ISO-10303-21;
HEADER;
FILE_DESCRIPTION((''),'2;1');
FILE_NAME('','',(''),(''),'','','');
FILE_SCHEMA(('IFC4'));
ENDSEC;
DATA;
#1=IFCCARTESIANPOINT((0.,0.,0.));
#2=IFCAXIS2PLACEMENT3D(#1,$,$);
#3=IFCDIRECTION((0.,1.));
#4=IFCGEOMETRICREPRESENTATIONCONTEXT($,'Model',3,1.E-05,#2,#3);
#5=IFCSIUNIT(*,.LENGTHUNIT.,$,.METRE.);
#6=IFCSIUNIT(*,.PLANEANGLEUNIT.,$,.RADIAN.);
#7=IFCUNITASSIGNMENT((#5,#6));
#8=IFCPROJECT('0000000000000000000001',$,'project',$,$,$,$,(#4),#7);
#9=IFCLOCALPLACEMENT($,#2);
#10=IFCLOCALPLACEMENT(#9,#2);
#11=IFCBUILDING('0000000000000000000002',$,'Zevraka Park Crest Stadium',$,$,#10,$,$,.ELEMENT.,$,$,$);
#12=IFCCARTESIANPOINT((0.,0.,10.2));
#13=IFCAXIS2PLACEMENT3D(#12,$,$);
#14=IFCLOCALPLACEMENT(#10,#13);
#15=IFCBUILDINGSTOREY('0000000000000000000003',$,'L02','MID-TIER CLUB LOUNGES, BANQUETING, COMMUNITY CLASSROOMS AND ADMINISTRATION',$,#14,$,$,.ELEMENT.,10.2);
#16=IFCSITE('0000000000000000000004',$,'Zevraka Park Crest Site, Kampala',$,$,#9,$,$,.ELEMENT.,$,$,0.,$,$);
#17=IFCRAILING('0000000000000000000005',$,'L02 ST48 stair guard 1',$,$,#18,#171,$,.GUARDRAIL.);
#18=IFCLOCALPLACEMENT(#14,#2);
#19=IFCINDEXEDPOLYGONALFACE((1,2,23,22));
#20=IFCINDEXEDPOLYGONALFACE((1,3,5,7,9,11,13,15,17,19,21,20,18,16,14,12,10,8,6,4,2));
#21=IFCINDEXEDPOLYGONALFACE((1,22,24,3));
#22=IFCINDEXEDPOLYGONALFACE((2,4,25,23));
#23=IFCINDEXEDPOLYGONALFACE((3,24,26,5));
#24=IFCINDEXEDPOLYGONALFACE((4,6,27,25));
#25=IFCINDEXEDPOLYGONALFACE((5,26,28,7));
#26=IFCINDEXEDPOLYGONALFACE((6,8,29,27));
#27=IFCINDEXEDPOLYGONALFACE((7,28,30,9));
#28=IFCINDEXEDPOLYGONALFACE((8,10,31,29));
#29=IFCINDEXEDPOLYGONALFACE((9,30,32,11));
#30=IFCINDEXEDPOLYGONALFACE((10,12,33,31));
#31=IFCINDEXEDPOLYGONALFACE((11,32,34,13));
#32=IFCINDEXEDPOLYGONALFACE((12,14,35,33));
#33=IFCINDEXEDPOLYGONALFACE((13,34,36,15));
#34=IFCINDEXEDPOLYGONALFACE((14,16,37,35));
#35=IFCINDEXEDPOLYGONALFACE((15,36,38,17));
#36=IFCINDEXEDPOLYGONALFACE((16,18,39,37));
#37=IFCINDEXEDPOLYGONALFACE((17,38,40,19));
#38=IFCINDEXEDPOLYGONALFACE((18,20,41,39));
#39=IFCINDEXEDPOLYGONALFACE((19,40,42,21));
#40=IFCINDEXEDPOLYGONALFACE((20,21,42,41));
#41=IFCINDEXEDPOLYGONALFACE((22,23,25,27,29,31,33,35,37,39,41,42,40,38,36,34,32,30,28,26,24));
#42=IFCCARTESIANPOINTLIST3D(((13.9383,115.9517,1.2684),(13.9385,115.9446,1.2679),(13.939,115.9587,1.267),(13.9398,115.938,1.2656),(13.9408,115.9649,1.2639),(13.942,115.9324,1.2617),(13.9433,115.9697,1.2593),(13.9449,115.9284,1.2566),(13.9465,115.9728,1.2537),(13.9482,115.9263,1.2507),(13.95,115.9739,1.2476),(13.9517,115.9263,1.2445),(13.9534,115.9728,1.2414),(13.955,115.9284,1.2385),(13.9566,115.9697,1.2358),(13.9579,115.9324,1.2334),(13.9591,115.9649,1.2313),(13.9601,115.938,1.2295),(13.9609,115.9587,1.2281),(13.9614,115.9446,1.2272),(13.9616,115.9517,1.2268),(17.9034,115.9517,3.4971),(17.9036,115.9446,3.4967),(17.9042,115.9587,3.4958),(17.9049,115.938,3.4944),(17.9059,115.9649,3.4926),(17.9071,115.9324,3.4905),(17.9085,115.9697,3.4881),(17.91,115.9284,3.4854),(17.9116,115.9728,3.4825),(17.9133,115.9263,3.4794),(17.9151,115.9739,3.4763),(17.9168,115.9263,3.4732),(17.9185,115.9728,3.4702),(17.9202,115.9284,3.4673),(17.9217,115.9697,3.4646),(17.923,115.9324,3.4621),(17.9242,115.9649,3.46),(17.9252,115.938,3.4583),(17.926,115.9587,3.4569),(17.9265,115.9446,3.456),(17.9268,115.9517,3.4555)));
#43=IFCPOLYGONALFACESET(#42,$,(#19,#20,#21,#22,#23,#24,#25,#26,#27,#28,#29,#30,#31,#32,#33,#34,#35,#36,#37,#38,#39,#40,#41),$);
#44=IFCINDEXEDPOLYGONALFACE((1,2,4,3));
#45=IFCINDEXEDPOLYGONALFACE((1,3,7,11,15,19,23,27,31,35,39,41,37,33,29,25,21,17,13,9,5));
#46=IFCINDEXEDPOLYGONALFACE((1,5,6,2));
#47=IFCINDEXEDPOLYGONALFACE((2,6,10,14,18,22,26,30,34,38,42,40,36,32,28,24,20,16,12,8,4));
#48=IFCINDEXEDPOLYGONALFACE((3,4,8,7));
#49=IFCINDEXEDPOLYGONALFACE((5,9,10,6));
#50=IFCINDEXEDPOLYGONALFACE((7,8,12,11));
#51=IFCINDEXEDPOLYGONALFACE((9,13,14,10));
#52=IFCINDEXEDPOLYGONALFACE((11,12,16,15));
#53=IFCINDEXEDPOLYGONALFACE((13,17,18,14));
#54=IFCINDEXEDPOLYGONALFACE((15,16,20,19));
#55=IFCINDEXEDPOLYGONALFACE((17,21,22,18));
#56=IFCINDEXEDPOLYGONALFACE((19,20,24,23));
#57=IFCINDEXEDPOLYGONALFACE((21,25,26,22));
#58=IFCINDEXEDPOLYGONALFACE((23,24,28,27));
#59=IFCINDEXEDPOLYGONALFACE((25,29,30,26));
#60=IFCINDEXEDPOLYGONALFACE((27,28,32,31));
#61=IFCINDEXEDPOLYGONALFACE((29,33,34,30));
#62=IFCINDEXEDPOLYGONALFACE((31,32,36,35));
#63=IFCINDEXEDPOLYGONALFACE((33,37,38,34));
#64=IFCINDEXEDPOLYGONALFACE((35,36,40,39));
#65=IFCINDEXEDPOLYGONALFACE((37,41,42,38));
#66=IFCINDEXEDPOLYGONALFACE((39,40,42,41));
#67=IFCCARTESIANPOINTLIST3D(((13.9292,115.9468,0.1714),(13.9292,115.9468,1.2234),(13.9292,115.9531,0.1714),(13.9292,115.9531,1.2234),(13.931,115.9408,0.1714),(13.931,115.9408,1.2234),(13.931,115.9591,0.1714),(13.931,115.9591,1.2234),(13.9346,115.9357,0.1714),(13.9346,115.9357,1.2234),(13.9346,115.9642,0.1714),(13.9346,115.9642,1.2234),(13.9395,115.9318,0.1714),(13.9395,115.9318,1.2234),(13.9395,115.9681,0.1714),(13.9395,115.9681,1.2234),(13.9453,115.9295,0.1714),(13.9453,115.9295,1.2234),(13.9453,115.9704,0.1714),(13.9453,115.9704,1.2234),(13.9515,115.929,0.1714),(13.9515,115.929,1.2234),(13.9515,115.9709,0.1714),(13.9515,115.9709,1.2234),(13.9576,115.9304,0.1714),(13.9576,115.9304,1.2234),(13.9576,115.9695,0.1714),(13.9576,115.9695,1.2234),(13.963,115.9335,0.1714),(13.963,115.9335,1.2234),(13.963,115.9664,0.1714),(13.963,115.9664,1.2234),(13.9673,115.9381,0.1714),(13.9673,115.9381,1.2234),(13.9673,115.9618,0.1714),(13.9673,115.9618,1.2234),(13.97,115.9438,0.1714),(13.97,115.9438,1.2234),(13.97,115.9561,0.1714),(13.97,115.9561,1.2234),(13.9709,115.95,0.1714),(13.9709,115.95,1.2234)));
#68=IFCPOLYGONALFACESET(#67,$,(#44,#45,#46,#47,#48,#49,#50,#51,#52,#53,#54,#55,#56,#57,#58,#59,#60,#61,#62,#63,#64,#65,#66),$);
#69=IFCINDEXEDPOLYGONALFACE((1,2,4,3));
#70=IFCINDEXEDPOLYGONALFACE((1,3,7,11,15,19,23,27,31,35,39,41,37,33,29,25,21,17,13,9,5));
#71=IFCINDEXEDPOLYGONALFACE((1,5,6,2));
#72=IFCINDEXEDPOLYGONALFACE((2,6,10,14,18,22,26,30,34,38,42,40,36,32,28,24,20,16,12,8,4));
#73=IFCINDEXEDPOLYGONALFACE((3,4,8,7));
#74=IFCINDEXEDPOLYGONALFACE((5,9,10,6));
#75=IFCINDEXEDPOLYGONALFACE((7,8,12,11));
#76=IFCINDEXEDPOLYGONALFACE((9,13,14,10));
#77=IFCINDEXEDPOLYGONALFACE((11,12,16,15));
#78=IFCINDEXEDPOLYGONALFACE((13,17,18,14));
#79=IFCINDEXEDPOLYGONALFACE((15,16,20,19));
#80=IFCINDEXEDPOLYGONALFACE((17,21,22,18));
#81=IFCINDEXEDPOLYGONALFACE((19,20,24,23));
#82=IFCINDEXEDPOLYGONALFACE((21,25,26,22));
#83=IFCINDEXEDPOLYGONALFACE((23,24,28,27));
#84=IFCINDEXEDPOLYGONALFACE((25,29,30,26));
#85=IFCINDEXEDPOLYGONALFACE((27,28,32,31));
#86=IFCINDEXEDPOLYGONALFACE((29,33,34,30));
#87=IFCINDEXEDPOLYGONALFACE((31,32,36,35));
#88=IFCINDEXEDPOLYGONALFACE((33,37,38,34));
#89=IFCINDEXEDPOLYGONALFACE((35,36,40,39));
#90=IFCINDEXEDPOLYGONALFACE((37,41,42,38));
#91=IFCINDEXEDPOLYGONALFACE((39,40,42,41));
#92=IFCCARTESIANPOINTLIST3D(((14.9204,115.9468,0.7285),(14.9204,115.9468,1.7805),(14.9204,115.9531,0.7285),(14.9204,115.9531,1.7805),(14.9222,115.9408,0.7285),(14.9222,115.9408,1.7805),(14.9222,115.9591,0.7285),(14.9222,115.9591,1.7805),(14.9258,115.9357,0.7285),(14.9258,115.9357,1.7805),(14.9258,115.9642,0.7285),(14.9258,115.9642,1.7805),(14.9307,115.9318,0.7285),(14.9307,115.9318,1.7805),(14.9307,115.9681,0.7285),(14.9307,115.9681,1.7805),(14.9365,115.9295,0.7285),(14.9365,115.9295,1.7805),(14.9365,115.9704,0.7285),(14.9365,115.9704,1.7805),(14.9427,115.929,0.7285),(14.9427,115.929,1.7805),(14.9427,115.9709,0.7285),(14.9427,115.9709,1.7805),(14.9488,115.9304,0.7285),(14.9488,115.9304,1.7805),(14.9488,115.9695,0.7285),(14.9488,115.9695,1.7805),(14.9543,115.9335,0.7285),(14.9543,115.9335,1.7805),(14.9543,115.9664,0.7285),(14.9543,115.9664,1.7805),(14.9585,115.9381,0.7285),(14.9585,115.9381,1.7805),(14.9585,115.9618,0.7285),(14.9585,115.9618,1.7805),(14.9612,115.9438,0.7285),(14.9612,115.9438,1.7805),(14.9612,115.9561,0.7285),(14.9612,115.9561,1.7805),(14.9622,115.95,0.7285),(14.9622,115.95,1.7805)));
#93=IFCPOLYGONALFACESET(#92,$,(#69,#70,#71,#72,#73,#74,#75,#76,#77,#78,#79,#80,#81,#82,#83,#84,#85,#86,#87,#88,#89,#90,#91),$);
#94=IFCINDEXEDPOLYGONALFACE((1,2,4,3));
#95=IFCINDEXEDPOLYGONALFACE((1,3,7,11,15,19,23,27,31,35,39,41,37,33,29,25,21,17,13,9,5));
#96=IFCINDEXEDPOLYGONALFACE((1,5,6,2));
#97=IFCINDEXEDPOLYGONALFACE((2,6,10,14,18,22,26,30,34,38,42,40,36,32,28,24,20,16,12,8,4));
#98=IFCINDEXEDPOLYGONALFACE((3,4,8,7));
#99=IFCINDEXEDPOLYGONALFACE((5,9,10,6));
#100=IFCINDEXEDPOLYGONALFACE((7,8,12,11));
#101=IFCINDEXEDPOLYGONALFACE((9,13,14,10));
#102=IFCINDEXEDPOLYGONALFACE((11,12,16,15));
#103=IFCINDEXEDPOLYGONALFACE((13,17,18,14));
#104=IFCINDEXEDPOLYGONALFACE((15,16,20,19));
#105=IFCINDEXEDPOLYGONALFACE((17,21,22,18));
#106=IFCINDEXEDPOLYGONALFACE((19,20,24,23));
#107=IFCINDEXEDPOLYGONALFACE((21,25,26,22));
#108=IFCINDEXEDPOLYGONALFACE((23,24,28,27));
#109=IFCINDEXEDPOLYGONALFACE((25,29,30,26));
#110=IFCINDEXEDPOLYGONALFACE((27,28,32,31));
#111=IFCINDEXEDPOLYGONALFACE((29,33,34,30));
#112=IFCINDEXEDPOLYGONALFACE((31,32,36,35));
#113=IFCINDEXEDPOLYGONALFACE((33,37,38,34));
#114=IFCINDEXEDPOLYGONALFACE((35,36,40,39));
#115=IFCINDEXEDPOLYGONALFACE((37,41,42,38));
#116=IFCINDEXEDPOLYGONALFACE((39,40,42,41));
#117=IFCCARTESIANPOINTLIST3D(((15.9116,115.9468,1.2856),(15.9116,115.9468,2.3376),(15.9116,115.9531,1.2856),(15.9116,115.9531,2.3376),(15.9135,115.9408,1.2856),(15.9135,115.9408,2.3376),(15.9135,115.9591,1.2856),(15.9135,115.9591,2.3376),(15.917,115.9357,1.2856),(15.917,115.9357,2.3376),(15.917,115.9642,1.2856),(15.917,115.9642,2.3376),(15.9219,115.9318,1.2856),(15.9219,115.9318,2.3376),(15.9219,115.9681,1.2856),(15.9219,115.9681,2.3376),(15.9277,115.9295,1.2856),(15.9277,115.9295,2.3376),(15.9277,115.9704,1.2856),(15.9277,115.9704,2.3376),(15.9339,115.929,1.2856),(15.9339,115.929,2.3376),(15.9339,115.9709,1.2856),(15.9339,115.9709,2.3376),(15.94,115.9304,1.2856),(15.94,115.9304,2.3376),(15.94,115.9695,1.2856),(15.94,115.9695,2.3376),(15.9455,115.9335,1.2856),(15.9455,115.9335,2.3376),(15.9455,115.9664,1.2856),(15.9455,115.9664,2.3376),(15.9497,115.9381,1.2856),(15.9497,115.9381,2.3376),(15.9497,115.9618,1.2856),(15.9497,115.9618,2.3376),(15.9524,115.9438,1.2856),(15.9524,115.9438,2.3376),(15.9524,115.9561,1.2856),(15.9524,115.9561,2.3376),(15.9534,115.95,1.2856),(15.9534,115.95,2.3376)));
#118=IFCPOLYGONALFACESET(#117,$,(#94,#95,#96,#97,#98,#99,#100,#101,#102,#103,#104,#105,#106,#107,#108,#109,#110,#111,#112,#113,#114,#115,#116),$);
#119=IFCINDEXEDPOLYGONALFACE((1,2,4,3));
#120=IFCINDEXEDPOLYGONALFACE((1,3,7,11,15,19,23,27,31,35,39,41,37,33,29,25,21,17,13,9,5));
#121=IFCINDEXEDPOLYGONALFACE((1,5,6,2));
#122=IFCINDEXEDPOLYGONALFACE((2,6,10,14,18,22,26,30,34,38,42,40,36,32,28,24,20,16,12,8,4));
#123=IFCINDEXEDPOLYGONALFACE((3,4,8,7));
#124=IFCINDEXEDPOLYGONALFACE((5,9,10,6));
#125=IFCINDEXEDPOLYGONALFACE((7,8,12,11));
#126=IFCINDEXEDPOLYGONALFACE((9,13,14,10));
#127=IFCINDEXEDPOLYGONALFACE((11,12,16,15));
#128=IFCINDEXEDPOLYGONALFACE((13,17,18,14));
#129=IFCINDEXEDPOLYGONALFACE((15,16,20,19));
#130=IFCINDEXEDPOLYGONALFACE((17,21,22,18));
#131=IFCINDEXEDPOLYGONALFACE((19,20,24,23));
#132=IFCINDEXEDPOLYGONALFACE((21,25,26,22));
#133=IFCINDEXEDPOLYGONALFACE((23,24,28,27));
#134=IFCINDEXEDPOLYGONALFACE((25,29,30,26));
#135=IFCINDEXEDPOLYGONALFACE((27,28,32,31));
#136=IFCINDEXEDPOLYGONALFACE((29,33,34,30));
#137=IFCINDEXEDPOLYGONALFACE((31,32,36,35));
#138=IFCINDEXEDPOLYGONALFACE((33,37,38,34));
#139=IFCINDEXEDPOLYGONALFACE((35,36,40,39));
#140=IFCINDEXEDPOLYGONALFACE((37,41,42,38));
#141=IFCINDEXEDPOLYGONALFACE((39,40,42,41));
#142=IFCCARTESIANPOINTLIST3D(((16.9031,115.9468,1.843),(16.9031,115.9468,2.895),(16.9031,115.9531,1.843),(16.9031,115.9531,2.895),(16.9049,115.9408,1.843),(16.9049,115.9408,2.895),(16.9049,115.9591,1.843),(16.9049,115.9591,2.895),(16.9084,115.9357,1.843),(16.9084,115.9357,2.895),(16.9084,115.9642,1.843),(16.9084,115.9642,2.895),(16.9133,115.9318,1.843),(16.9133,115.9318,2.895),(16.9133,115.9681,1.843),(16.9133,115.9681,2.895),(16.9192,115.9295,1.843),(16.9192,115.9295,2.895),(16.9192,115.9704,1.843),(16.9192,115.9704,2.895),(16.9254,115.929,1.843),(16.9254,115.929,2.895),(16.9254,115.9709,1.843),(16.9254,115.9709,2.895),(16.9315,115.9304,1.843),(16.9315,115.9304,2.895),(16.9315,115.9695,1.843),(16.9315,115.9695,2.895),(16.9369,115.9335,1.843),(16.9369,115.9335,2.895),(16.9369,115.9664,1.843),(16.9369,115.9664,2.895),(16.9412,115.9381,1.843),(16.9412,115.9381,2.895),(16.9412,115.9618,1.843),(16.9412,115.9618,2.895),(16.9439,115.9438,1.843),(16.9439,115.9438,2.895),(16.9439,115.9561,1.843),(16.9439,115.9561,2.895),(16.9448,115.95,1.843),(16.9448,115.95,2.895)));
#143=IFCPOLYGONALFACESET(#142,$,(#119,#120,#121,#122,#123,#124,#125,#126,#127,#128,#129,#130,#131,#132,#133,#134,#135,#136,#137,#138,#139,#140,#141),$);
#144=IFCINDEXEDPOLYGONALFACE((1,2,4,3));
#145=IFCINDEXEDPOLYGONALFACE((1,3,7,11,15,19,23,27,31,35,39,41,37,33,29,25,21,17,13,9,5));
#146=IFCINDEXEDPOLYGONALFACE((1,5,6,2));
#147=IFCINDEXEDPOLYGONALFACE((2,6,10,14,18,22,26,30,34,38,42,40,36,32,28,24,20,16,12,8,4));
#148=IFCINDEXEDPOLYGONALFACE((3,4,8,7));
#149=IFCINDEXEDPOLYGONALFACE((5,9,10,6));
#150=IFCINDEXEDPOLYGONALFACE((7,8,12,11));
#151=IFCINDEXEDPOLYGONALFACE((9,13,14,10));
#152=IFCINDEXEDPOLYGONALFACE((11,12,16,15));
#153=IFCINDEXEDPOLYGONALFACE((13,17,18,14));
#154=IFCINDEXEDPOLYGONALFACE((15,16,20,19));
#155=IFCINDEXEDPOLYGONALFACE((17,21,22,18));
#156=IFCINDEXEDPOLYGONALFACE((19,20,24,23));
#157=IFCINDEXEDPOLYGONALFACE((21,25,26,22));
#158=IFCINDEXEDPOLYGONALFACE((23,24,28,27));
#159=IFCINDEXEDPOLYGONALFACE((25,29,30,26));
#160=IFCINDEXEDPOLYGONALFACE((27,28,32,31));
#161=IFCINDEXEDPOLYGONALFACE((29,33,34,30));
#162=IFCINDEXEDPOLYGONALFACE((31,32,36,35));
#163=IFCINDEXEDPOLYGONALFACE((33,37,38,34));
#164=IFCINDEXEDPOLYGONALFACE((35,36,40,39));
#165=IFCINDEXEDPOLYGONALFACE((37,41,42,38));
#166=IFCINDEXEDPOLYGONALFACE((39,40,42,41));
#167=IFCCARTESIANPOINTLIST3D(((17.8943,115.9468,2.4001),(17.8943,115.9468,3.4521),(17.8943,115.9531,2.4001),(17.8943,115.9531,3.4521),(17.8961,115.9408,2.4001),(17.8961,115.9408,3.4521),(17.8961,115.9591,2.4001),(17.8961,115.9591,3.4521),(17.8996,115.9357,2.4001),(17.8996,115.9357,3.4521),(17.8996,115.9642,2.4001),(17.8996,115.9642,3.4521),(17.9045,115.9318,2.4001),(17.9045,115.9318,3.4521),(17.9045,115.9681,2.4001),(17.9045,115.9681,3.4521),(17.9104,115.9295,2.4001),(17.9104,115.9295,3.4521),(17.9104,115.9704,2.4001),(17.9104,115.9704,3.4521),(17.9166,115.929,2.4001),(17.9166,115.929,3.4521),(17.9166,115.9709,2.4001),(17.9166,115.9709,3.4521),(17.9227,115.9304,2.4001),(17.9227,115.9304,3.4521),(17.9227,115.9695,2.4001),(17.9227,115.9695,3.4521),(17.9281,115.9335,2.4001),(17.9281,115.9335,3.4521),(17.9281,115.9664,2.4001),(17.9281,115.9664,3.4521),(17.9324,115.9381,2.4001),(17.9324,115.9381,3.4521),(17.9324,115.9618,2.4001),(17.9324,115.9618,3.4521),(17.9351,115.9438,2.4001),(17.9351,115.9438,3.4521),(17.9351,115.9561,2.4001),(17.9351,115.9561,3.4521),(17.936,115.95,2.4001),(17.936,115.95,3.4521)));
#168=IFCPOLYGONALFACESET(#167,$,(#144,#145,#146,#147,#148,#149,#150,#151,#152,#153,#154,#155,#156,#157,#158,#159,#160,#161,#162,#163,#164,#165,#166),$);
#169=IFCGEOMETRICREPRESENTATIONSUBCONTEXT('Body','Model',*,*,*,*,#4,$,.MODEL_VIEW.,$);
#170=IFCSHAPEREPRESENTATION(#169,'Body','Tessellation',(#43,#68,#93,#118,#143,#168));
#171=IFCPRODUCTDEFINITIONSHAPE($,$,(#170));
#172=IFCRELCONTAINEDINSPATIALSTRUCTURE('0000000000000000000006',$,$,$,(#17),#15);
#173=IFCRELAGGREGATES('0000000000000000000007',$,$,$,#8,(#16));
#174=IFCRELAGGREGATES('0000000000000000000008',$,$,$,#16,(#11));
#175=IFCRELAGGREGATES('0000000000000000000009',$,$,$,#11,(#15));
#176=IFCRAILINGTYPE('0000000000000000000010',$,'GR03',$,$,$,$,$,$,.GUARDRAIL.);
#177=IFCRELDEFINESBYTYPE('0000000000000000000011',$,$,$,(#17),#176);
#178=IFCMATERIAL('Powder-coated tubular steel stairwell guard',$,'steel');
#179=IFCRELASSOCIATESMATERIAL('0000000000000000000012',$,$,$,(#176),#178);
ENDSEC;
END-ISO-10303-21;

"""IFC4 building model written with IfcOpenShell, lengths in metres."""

from ifc_helpers import new_model, si_unit, direction, frame, origin, origin_2d, place, context, subcontext, project, spatial, circle, extrude, material, type_object, element, save


model = new_model("IFC4")

# Units and contexts
model_context = context("Model", 3, precision=1e-05, world=origin(), true_north=direction((0.0, 1.0)))
body_context = subcontext(model_context, "Body", "Model", "MODEL_VIEW")
ifc_project = project(units=[si_unit("LENGTHUNIT", "METRE"), si_unit("PLANEANGLEUNIT", "RADIAN")], contexts=[model_context])

# Site, building, storey
site_placement = place(None, origin())
site = spatial("IfcSite", under=ifc_project, at=site_placement, Name="Zevraka Park Crest Site, Kampala", CompositionType="ELEMENT", RefElevation=0.0)
building_placement = place(site_placement, origin())
building = spatial("IfcBuilding", under=site, at=building_placement, Name="Zevraka Park Crest Stadium", CompositionType="ELEMENT")
storey_placement = place(building_placement, frame((0.0, 0.0, 10.2)))
storey = spatial("IfcBuildingStorey", under=building, at=storey_placement, Name="L02", Description="MID-TIER CLUB LOUNGES, BANQUETING, COMMUNITY CLASSROOMS AND ADMINISTRATION", CompositionType="ELEMENT", Elevation=10.2)

# Railing
ifc_material_1 = material(Name="Powder-coated tubular steel stairwell guard", Category="steel")
railing_type_1 = type_object("IfcRailingType", Name="GR03", PredefinedType="GUARDRAIL", material=ifc_material_1)
railing_1_placement = place(storey_placement, frame((13.95, 115.95, 0.1714)))
element("IfcRailing", 1, at=railing_1_placement, inside=storey, type_object=railing_type_1, Name="L02 ST48 stair guard 1", PredefinedType="GUARDRAIL", context=body_context, shape_type="SweptSolid", body=[
    extrude(circle(Radius=0.0239, at=origin_2d()), frame((0.0, 0.0, 1.0762), z_axis=(0.871726, 0.0, 0.489994), x_axis=(0.0, 1.0, 0.0)), (0.0, 0.0, 1.0), 4.5486),
    extrude(circle(Radius=0.021, at=origin_2d()), origin(), (0.0, 0.0, 1.0), 1.052),
    extrude(circle(Radius=0.021, at=origin_2d()), frame((0.9912, 0.0, 0.5571)), (0.0, 0.0, 1.0), 1.052),
    extrude(circle(Radius=0.021, at=origin_2d()), frame((1.9824, 0.0, 1.1143)), (0.0, 0.0, 1.0), 1.052),
    extrude(circle(Radius=0.021, at=origin_2d()), frame((2.9739, 0.0, 1.6716)), (0.0, 0.0, 1.0), 1.052),
    extrude(circle(Radius=0.021, at=origin_2d()), frame((3.9651, 0.0, 2.2288)), (0.0, 0.0, 1.0), 1.052),
])

save(model, "model.ifc")
